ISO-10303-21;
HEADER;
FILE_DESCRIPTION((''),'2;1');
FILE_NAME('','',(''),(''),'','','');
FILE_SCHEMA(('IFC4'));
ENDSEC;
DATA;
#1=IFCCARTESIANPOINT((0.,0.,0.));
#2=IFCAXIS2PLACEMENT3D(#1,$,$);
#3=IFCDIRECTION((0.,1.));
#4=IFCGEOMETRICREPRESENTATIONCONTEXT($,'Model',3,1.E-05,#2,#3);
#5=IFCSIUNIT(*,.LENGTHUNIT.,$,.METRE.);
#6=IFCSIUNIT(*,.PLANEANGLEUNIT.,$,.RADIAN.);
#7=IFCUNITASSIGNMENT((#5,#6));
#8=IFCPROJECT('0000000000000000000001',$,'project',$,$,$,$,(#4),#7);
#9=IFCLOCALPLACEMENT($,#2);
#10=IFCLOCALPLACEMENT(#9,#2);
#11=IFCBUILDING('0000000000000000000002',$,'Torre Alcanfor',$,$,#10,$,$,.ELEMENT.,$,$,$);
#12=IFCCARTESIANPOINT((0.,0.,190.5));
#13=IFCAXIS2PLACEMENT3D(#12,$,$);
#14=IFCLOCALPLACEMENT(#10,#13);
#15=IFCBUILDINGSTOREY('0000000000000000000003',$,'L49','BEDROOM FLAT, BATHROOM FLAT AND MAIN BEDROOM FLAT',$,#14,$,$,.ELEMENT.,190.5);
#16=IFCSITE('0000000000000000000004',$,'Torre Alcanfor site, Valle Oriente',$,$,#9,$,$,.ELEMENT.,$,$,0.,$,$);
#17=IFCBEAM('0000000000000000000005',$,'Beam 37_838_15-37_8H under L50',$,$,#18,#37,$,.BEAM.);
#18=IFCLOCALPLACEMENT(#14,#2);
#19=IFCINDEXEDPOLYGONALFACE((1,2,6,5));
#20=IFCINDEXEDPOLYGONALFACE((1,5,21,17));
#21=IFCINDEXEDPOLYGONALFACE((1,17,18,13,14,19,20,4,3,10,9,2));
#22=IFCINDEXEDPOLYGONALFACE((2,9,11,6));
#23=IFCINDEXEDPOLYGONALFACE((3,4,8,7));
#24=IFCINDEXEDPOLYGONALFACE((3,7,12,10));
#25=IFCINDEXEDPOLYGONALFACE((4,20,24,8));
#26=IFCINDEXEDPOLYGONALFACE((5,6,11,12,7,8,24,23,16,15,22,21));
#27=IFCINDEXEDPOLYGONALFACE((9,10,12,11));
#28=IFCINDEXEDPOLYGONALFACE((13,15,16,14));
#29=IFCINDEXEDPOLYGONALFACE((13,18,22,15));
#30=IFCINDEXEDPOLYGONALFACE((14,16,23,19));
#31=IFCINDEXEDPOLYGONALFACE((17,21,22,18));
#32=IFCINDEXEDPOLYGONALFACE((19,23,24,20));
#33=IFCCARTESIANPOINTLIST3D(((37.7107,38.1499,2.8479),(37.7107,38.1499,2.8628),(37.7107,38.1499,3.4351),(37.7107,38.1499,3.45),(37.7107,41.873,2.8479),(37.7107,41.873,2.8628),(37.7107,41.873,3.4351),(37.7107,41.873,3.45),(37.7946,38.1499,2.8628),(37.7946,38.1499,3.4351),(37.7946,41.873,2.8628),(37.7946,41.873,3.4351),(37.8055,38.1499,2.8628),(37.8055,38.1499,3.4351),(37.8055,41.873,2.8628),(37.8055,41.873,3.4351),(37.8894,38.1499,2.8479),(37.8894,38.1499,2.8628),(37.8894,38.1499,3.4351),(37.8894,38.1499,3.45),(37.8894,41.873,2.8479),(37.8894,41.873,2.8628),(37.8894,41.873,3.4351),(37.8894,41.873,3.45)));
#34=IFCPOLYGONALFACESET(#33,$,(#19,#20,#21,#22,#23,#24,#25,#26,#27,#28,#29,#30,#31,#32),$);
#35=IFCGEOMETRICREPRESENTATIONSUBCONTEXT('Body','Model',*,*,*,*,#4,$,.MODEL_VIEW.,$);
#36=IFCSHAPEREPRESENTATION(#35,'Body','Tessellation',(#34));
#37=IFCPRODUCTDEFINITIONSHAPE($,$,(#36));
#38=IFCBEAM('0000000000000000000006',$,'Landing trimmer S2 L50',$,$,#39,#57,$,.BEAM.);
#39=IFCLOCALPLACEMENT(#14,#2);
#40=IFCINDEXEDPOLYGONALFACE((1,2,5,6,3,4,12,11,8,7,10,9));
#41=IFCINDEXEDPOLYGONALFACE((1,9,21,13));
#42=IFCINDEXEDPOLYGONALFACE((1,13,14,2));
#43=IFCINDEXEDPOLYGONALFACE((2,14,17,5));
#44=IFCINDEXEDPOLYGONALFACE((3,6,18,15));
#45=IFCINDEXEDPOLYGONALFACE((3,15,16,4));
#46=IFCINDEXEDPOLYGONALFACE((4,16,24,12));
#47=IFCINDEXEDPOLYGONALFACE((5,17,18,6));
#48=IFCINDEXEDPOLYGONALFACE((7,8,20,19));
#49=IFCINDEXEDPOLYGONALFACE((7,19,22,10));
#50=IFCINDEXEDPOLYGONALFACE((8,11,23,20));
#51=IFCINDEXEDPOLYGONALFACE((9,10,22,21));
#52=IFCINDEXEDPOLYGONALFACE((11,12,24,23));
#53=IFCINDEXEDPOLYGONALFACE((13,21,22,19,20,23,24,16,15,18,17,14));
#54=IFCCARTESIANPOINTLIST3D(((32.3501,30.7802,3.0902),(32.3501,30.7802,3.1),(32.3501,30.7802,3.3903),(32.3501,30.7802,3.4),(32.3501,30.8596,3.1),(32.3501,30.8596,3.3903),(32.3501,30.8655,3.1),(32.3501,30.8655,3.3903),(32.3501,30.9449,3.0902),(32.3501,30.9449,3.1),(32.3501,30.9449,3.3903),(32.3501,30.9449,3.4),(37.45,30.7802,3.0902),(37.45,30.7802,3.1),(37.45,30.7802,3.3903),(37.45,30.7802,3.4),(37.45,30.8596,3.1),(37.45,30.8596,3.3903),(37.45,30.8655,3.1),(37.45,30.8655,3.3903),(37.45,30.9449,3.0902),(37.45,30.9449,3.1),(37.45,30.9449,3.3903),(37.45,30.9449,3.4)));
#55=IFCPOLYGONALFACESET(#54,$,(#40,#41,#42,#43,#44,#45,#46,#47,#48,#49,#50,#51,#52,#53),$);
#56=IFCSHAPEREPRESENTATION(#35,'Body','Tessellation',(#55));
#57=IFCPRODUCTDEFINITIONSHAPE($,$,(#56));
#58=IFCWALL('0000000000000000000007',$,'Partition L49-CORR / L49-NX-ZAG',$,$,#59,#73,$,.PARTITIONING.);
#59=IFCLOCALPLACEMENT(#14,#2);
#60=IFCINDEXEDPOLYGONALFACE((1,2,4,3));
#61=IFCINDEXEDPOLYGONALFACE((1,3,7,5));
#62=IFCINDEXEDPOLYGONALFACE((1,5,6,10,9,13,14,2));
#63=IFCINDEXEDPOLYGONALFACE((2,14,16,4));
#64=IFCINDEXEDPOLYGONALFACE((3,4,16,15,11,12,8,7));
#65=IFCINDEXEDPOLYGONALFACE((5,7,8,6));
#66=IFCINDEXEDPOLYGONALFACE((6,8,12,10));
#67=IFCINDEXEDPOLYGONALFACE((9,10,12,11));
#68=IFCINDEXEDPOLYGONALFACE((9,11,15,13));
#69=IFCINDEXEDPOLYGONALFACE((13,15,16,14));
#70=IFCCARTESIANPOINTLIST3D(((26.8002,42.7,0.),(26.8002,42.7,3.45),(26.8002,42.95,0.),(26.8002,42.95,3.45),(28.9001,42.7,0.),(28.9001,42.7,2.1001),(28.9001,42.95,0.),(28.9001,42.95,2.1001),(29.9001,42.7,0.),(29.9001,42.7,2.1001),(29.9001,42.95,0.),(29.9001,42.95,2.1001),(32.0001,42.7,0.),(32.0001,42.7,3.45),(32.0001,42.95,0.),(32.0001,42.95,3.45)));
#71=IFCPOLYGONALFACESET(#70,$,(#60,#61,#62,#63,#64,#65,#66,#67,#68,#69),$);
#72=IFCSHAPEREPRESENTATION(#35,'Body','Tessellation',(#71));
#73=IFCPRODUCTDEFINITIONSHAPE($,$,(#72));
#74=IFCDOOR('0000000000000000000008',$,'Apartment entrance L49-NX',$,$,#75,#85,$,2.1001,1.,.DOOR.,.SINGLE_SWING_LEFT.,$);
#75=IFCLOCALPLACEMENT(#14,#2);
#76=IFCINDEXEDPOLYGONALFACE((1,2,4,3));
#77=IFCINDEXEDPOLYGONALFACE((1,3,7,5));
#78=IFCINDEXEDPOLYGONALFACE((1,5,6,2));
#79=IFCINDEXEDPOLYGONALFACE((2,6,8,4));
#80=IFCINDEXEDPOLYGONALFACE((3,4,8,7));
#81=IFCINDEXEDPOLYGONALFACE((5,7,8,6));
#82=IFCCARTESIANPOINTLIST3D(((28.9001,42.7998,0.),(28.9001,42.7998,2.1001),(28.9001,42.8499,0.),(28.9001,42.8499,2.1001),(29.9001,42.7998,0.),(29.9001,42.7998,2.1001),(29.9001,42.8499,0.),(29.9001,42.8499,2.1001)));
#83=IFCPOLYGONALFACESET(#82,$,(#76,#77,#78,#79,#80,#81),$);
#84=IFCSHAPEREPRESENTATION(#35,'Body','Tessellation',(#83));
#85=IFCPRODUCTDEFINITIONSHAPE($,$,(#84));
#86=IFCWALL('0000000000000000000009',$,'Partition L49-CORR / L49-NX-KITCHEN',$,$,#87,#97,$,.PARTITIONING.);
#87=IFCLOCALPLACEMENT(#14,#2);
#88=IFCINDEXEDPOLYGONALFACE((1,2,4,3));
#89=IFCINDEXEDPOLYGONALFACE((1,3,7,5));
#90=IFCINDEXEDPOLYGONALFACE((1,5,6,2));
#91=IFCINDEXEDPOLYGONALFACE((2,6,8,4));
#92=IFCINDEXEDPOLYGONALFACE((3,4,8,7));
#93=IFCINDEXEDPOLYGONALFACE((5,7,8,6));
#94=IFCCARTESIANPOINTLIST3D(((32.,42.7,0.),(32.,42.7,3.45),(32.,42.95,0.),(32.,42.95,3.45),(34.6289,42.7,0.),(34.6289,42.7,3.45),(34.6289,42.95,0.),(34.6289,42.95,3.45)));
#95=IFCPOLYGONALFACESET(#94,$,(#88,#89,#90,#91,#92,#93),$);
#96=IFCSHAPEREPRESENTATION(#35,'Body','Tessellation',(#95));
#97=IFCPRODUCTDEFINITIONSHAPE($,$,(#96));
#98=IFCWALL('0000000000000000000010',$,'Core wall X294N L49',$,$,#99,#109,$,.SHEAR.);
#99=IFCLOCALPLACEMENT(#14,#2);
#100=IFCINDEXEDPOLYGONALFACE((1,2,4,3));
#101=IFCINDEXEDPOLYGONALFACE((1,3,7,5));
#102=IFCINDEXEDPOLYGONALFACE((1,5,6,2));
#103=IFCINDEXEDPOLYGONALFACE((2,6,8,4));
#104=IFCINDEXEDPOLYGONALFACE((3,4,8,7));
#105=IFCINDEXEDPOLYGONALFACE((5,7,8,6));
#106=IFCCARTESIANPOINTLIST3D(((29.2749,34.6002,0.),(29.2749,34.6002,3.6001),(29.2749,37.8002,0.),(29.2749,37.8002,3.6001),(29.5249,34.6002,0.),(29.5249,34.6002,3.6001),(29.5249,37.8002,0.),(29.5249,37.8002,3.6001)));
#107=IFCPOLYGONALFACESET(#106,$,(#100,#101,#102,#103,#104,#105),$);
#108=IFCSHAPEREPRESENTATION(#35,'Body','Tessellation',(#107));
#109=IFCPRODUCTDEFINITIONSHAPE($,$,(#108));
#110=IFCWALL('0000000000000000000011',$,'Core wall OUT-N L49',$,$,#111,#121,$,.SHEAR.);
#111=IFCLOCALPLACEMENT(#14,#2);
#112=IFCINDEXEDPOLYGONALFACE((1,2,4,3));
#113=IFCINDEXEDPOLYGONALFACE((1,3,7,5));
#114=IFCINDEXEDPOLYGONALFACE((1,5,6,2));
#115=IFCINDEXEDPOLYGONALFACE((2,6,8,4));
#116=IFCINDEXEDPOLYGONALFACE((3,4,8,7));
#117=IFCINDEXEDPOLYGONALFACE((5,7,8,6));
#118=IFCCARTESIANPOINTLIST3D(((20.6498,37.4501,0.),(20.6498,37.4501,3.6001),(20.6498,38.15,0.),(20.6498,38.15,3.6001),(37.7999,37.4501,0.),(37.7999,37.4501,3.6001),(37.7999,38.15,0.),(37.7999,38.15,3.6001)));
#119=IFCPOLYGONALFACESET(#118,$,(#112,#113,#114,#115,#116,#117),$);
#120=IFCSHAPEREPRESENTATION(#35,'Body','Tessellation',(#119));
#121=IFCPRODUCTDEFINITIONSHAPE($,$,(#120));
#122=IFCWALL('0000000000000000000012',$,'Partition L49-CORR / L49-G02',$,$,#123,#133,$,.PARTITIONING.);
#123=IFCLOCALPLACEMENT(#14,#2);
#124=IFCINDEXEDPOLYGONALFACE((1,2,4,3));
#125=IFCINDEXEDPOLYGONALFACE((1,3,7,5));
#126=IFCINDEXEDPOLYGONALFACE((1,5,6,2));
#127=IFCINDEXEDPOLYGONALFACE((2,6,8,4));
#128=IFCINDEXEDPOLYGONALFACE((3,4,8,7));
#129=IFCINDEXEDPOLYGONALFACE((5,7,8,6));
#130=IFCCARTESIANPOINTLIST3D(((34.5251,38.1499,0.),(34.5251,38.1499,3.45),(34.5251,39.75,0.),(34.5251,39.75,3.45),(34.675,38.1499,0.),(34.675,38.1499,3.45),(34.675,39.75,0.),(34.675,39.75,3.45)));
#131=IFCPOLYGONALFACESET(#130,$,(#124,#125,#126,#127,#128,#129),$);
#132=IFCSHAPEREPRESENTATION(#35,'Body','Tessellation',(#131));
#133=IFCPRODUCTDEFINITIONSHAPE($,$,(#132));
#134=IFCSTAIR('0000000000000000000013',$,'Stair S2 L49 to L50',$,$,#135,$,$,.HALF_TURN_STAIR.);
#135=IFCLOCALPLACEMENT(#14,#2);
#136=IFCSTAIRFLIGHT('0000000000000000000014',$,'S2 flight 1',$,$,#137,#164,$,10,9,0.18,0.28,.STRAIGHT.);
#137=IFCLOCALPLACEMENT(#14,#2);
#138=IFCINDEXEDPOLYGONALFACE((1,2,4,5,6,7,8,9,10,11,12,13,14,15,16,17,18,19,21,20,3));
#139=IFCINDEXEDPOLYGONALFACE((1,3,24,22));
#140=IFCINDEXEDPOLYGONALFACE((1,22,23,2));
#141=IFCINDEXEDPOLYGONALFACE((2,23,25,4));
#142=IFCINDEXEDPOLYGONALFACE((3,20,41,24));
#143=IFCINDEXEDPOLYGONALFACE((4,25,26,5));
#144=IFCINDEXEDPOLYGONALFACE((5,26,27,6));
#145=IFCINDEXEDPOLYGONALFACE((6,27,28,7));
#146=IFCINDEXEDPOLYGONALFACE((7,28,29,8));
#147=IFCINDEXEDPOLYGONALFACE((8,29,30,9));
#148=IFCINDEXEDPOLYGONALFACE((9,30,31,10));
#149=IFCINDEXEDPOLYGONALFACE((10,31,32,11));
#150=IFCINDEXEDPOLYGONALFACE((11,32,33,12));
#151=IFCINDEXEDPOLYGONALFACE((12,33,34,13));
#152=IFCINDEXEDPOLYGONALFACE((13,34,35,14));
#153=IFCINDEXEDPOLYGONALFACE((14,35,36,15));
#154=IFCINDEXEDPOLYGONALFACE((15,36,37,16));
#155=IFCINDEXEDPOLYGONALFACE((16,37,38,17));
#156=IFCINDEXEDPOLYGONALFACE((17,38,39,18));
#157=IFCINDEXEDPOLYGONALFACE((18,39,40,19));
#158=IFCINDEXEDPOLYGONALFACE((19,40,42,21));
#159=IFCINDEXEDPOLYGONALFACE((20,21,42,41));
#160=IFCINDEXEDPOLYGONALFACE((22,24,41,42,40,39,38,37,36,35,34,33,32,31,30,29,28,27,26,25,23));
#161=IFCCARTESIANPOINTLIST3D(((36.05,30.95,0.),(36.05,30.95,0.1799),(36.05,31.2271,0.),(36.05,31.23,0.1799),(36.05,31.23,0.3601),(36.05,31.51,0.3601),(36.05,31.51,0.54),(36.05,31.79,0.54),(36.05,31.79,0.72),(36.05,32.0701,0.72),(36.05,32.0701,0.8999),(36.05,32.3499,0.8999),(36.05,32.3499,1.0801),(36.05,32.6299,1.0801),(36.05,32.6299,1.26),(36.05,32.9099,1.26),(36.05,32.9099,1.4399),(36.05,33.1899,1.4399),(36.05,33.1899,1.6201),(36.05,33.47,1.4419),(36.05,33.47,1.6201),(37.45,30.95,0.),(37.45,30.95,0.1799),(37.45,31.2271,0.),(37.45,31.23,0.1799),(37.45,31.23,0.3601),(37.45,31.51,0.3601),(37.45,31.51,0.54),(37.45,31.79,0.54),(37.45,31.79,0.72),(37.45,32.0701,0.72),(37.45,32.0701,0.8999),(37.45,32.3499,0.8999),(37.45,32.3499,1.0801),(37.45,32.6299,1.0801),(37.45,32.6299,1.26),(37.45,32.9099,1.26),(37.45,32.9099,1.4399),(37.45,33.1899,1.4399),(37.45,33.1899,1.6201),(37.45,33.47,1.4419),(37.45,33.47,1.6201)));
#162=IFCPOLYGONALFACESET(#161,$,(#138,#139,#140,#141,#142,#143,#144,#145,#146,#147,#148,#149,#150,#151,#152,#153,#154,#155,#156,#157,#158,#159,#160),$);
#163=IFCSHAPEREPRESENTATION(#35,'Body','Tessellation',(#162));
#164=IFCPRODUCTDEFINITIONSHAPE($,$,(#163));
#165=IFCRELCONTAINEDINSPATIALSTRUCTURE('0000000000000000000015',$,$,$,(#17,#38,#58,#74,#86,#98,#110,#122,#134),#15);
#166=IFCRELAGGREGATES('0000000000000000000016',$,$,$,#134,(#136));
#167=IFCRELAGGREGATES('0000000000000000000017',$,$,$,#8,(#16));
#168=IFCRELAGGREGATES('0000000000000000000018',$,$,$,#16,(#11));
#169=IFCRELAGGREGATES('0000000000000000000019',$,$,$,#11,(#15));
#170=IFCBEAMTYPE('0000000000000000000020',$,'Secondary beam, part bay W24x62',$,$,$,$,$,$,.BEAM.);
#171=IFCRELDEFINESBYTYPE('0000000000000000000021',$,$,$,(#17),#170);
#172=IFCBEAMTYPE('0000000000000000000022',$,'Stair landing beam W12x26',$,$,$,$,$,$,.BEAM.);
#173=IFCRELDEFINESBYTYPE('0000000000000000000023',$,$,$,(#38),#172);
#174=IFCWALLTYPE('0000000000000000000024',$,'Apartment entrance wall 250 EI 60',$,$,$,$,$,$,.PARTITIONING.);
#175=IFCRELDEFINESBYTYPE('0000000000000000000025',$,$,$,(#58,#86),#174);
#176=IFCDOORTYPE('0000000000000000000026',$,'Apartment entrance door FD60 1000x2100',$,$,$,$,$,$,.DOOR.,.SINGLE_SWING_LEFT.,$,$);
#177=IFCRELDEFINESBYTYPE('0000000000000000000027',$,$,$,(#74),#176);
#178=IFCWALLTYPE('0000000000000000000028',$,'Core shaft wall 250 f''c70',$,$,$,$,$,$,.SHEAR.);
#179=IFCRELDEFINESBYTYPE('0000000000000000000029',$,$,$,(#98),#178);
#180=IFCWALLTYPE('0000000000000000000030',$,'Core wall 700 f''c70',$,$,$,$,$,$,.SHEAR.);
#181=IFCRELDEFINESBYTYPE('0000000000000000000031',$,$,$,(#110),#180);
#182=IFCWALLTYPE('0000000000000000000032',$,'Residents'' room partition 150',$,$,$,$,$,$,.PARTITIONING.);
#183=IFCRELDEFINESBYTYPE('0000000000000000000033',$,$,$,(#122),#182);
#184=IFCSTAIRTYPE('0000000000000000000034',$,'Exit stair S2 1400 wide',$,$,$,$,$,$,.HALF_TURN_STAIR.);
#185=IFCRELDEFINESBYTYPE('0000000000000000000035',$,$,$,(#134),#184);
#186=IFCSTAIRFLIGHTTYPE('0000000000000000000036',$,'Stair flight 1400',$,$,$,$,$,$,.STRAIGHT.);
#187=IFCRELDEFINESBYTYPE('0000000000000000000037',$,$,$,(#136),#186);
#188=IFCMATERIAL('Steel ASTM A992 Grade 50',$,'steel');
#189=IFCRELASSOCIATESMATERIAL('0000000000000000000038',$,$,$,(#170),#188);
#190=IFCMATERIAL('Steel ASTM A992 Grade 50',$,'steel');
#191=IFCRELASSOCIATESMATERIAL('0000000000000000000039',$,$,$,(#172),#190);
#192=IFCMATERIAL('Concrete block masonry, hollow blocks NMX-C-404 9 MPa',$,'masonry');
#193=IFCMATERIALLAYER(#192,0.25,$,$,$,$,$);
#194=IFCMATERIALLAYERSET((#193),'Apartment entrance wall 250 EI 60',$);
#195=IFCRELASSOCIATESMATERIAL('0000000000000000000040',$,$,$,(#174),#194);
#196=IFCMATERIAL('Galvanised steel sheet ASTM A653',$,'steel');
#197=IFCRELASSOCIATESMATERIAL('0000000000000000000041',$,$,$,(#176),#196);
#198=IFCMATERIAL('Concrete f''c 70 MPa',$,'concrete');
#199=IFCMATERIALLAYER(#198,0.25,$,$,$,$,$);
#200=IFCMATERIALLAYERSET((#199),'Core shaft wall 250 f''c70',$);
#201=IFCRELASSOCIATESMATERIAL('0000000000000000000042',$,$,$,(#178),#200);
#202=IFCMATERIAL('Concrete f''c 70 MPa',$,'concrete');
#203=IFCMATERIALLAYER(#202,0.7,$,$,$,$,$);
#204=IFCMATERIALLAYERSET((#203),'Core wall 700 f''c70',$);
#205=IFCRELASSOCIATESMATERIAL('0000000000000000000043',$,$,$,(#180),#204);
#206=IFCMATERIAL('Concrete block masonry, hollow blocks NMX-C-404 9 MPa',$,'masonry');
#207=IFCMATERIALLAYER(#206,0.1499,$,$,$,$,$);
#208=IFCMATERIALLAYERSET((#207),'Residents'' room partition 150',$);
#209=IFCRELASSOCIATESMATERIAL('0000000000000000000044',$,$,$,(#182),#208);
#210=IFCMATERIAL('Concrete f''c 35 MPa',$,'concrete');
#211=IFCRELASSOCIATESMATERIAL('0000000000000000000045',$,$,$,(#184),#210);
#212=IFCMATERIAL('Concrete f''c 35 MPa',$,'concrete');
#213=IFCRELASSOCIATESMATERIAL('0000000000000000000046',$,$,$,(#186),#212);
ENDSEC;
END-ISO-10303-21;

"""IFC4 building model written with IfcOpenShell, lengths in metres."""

from ifc_helpers import new_model, si_unit, direction, frame, frame_2d, origin, origin_2d, place, context, subcontext, project, spatial, polyline, rectangle, i_section, outline, extrude, material, layer, layer_set, material_profile, profile_set, type_object, element, fill, aggregate, save


model = new_model("IFC4")

# Units and contexts
model_context = context("Model", 3, precision=1e-05, world=origin(), true_north=direction((0.0, 1.0)))
body_context = subcontext(model_context, "Body", "Model", "MODEL_VIEW")
ifc_project = project(units=[si_unit("LENGTHUNIT", "METRE"), si_unit("PLANEANGLEUNIT", "RADIAN")], contexts=[model_context])

# Site, building, storey
site_placement = place(None, origin())
site = spatial("IfcSite", under=ifc_project, at=site_placement, Name="Torre Alcanfor site, Valle Oriente", CompositionType="ELEMENT", RefElevation=0.0)
building_placement = place(site_placement, origin())
building = spatial("IfcBuilding", under=site, at=building_placement, Name="Torre Alcanfor", CompositionType="ELEMENT")
storey_placement = place(building_placement, frame((0.0, 0.0, 190.5)))
storey = spatial("IfcBuildingStorey", under=building, at=storey_placement, Name="L49", Description="BEDROOM FLAT, BATHROOM FLAT AND MAIN BEDROOM FLAT", CompositionType="ELEMENT", Elevation=190.5)

# Beams
ifc_material_1 = material(Name="Steel ASTM A992 Grade 50", Category="steel")
ifc_material_profile_1 = material_profile(ifc_material_1, i_section(OverallWidth=0.1787, OverallDepth=0.6021, WebThickness=0.011, FlangeThickness=0.0149, at=origin_2d()), Name="W24x62")
ifc_profile_set_1 = profile_set([ifc_material_profile_1], Name="Steel ASTM A992 Grade 50")
beam_type_1 = type_object("IfcBeamType", Name="Secondary beam, part bay W24x62", PredefinedType="BEAM", material=ifc_profile_set_1)
for number, where, z_axis, x_axis, name in (
    (1, (37.8, 38.1499, 3.1489), (0.0, 1.0, 0.0), (-1.0, 0.0, 0.0), "Beam 37_838_15-37_8H under L50"),
):
    element("IfcBeam", number, at=place(storey_placement, frame(where, z_axis=z_axis, x_axis=x_axis)), inside=storey, type_object=beam_type_1, Name=name, PredefinedType="BEAM", context=body_context, shape_type="SweptSolid", body=[
        extrude(i_section(OverallWidth=0.1787, OverallDepth=0.6021, WebThickness=0.011, FlangeThickness=0.0149, at=origin_2d()), origin(), (0.0, 0.0, 1.0), 3.7231),
    ])
ifc_material_2 = material(Name="Steel ASTM A992 Grade 50", Category="steel")
ifc_material_profile_2 = material_profile(ifc_material_2, i_section(OverallWidth=0.1648, OverallDepth=0.3098, WebThickness=0.0059, FlangeThickness=0.0098, at=origin_2d()), Name="W12x26")
ifc_profile_set_2 = profile_set([ifc_material_profile_2], Name="Steel ASTM A992 Grade 50")
beam_type_2 = type_object("IfcBeamType", Name="Stair landing beam W12x26", PredefinedType="BEAM", material=ifc_profile_set_2)
beam_placement = place(storey_placement, frame((32.3501, 30.8625, 3.2451), z_axis=(1.0, 0.0, 0.0), x_axis=(0.0, 1.0, 0.0)))
element("IfcBeam", 2, at=beam_placement, inside=storey, type_object=beam_type_2, Name="Landing trimmer S2 L50", PredefinedType="BEAM", context=body_context, shape_type="SweptSolid", body=[
    extrude(i_section(OverallWidth=0.1648, OverallDepth=0.3098, WebThickness=0.0059, FlangeThickness=0.0098, at=origin_2d()), origin(), (0.0, 0.0, 1.0), 5.0999),
])

# Wall, opening, door
ifc_material_3 = material(Name="Concrete block masonry, hollow blocks NMX-C-404 9 MPa", Category="masonry")
ifc_layer_1 = layer(ifc_material_3, 0.25)
ifc_layer_set_1 = layer_set([ifc_layer_1], Name="Apartment entrance wall 250 EI 60")
wall_type_1 = type_object("IfcWallType", Name="Apartment entrance wall 250 EI 60", PredefinedType="PARTITIONING", material=ifc_layer_set_1)
wall_1_placement = place(storey_placement, frame((26.8, 42.825, 0.0), z_axis=(0.0, 0.0, 1.0), x_axis=(1.0, 0.0, 0.0)))
wall_1 = element("IfcWall", 3, at=wall_1_placement, inside=storey, type_object=wall_type_1, Name="Partition L49-CORR / L49-NX-ZAG", PredefinedType="PARTITIONING", context=body_context, shape_type="SweptSolid", body=[
    extrude(rectangle(XDim=5.2, YDim=0.25, at=frame_2d((2.6001, 0.0))), origin(), (0.0, 0.0, 1.0), 3.45),
])
opening_placement = place(wall_1_placement, frame((2.1001, 0.0, 0.0)))
opening = element("IfcOpeningElement", 4, at=opening_placement, cuts=wall_1, PredefinedType="OPENING", context=body_context, shape_type="SweptSolid", body=[
    extrude(rectangle(XDim=1.0, YDim=2.1001, at=frame_2d((0.5, 1.05))), frame((0.0, 0.135, 0.0), z_axis=(0.0, -1.0, 0.0), x_axis=(1.0, 0.0, 0.0)), (0.0, 0.0, 1.0), 0.27),
])
ifc_material_4 = material(Name="Galvanised steel sheet ASTM A653", Category="steel")
door_type = type_object("IfcDoorType", Name="Apartment entrance door FD60 1000x2100", OperationType="SINGLE_SWING_LEFT", PredefinedType="DOOR", material=ifc_material_4)
door_placement = place(opening_placement, origin())
door = element("IfcDoor", 5, at=door_placement, inside=storey, type_object=door_type, Name="Apartment entrance L49-NX", OperationType="SINGLE_SWING_LEFT", OverallHeight=2.1001, OverallWidth=1.0, PredefinedType="DOOR", context=body_context, shape_type="SweptSolid", body=[
    extrude(rectangle(XDim=1.0, YDim=2.1001, at=frame_2d((0.5, 1.05))), frame((0.0, 0.0249, 0.0), z_axis=(0.0, -1.0, 0.0), x_axis=(1.0, 0.0, 0.0)), (0.0, 0.0, 1.0), 0.05),
])
fill(opening, door)

# Walls
wall_2_placement = place(storey_placement, frame((32.0, 42.825, 0.0), z_axis=(0.0, 0.0, 1.0), x_axis=(1.0, 0.0, 0.0)))
element("IfcWall", 6, at=wall_2_placement, inside=storey, type_object=wall_type_1, Name="Partition L49-CORR / L49-NX-KITCHEN", PredefinedType="PARTITIONING", context=body_context, shape_type="SweptSolid", body=[
    extrude(rectangle(XDim=2.6289, YDim=0.25, at=frame_2d((1.3145, 0.0))), origin(), (0.0, 0.0, 1.0), 3.45),
])
ifc_material_5 = material(Name="Concrete f'c 70 MPa", Category="concrete")
ifc_layer_2 = layer(ifc_material_5, 0.25)
ifc_layer_set_2 = layer_set([ifc_layer_2], Name="Core shaft wall 250 f'c70")
wall_type_2 = type_object("IfcWallType", Name="Core shaft wall 250 f'c70", PredefinedType="SHEAR", material=ifc_layer_set_2)
wall_3_placement = place(storey_placement, frame((29.3999, 34.6001, 0.0), z_axis=(0.0, 0.0, 1.0), x_axis=(0.0, 1.0, 0.0)))
element("IfcWall", 7, at=wall_3_placement, inside=storey, type_object=wall_type_2, Name="Core wall X294N L49", PredefinedType="SHEAR", context=body_context, shape_type="SweptSolid", body=[
    extrude(rectangle(XDim=3.2, YDim=0.25, at=frame_2d((1.6001, 0.0))), origin(), (0.0, 0.0, 1.0), 3.6001),
])
ifc_material_6 = material(Name="Concrete f'c 70 MPa", Category="concrete")
ifc_layer_3 = layer(ifc_material_6, 0.7)
ifc_layer_set_3 = layer_set([ifc_layer_3], Name="Core wall 700 f'c70")
wall_type_3 = type_object("IfcWallType", Name="Core wall 700 f'c70", PredefinedType="SHEAR", material=ifc_layer_set_3)
wall_4_placement = place(storey_placement, frame((37.8, 37.8, 0.0), z_axis=(0.0, 0.0, 1.0), x_axis=(-1.0, 0.0, 0.0)))
element("IfcWall", 8, at=wall_4_placement, inside=storey, type_object=wall_type_3, Name="Core wall OUT-N L49", PredefinedType="SHEAR", context=body_context, shape_type="SweptSolid", body=[
    extrude(rectangle(XDim=17.1501, YDim=0.7, at=frame_2d((8.5752, 0.0))), origin(), (0.0, 0.0, 1.0), 3.6001),
])
ifc_material_7 = material(Name="Concrete block masonry, hollow blocks NMX-C-404 9 MPa", Category="masonry")
ifc_layer_4 = layer(ifc_material_7, 0.1499)
ifc_layer_set_4 = layer_set([ifc_layer_4], Name="Residents' room partition 150")
wall_type_4 = type_object("IfcWallType", Name="Residents' room partition 150", PredefinedType="PARTITIONING", material=ifc_layer_set_4)
wall_5_placement = place(storey_placement, frame((34.6001, 39.75, 0.0), z_axis=(0.0, 0.0, 1.0), x_axis=(0.0, -1.0, 0.0)))
element("IfcWall", 9, at=wall_5_placement, inside=storey, type_object=wall_type_4, Name="Partition L49-CORR / L49-G02", PredefinedType="PARTITIONING", context=body_context, shape_type="SweptSolid", body=[
    extrude(rectangle(XDim=1.6001, YDim=0.1499, at=frame_2d((0.8, 0.0))), origin(), (0.0, 0.0, 1.0), 3.45),
])

# Stair, stair flight
ifc_material_8 = material(Name="Concrete f'c 35 MPa", Category="concrete")
stair_type = type_object("IfcStairType", Name="Exit stair S2 1400 wide", PredefinedType="HALF_TURN_STAIR", material=ifc_material_8)
stair_placement = place(storey_placement, origin())
stair = element("IfcStair", 10, at=stair_placement, inside=storey, type_object=stair_type, Name="Stair S2 L49 to L50", PredefinedType="HALF_TURN_STAIR")
ifc_material_9 = material(Name="Concrete f'c 35 MPa", Category="concrete")
stair_flight_type = type_object("IfcStairFlightType", Name="Stair flight 1400", PredefinedType="STRAIGHT", material=ifc_material_9)
stair_flight_1_placement = place(storey_placement, frame((36.75, 30.95, 0.0), z_axis=(0.0, 0.0, 1.0), x_axis=(0.0, 1.0, 0.0)))
stair_flight_1 = element("IfcStairFlight", 11, at=stair_flight_1_placement, type_object=stair_flight_type, Name="S2 flight 1", NumberOfRisers=10, NumberOfTreads=9, PredefinedType="STRAIGHT", RiserHeight=0.18, TreadLength=0.28, context=body_context, shape_type="SweptSolid", body=[
    extrude(outline(polyline([(0.0, 0.0), (0.0, 0.1799), (0.28, 0.1799), (0.28, 0.3601), (0.5601, 0.3601), (0.5601, 0.54), (0.8401, 0.54), (0.8401, 0.72), (1.1201, 0.72), (1.1201, 0.8999), (1.3999, 0.8999), (1.3999, 1.0801), (1.6799, 1.0801), (1.6799, 1.26), (1.96, 1.26), (1.96, 1.4399), (2.24, 1.4399), (2.24, 1.6201), (2.52, 1.6201), (2.52, 1.8), (2.52, 1.4419), (0.2771, 0.0), (0.0, 0.0)])), frame((0.0, 0.7, 0.0), z_axis=(0.0, -1.0, 0.0), x_axis=(1.0, 0.0, 0.0)), (0.0, 0.0, 1.0), 1.3999),
])
aggregate(stair, [stair_flight_1])

save(model, "model.ifc")
